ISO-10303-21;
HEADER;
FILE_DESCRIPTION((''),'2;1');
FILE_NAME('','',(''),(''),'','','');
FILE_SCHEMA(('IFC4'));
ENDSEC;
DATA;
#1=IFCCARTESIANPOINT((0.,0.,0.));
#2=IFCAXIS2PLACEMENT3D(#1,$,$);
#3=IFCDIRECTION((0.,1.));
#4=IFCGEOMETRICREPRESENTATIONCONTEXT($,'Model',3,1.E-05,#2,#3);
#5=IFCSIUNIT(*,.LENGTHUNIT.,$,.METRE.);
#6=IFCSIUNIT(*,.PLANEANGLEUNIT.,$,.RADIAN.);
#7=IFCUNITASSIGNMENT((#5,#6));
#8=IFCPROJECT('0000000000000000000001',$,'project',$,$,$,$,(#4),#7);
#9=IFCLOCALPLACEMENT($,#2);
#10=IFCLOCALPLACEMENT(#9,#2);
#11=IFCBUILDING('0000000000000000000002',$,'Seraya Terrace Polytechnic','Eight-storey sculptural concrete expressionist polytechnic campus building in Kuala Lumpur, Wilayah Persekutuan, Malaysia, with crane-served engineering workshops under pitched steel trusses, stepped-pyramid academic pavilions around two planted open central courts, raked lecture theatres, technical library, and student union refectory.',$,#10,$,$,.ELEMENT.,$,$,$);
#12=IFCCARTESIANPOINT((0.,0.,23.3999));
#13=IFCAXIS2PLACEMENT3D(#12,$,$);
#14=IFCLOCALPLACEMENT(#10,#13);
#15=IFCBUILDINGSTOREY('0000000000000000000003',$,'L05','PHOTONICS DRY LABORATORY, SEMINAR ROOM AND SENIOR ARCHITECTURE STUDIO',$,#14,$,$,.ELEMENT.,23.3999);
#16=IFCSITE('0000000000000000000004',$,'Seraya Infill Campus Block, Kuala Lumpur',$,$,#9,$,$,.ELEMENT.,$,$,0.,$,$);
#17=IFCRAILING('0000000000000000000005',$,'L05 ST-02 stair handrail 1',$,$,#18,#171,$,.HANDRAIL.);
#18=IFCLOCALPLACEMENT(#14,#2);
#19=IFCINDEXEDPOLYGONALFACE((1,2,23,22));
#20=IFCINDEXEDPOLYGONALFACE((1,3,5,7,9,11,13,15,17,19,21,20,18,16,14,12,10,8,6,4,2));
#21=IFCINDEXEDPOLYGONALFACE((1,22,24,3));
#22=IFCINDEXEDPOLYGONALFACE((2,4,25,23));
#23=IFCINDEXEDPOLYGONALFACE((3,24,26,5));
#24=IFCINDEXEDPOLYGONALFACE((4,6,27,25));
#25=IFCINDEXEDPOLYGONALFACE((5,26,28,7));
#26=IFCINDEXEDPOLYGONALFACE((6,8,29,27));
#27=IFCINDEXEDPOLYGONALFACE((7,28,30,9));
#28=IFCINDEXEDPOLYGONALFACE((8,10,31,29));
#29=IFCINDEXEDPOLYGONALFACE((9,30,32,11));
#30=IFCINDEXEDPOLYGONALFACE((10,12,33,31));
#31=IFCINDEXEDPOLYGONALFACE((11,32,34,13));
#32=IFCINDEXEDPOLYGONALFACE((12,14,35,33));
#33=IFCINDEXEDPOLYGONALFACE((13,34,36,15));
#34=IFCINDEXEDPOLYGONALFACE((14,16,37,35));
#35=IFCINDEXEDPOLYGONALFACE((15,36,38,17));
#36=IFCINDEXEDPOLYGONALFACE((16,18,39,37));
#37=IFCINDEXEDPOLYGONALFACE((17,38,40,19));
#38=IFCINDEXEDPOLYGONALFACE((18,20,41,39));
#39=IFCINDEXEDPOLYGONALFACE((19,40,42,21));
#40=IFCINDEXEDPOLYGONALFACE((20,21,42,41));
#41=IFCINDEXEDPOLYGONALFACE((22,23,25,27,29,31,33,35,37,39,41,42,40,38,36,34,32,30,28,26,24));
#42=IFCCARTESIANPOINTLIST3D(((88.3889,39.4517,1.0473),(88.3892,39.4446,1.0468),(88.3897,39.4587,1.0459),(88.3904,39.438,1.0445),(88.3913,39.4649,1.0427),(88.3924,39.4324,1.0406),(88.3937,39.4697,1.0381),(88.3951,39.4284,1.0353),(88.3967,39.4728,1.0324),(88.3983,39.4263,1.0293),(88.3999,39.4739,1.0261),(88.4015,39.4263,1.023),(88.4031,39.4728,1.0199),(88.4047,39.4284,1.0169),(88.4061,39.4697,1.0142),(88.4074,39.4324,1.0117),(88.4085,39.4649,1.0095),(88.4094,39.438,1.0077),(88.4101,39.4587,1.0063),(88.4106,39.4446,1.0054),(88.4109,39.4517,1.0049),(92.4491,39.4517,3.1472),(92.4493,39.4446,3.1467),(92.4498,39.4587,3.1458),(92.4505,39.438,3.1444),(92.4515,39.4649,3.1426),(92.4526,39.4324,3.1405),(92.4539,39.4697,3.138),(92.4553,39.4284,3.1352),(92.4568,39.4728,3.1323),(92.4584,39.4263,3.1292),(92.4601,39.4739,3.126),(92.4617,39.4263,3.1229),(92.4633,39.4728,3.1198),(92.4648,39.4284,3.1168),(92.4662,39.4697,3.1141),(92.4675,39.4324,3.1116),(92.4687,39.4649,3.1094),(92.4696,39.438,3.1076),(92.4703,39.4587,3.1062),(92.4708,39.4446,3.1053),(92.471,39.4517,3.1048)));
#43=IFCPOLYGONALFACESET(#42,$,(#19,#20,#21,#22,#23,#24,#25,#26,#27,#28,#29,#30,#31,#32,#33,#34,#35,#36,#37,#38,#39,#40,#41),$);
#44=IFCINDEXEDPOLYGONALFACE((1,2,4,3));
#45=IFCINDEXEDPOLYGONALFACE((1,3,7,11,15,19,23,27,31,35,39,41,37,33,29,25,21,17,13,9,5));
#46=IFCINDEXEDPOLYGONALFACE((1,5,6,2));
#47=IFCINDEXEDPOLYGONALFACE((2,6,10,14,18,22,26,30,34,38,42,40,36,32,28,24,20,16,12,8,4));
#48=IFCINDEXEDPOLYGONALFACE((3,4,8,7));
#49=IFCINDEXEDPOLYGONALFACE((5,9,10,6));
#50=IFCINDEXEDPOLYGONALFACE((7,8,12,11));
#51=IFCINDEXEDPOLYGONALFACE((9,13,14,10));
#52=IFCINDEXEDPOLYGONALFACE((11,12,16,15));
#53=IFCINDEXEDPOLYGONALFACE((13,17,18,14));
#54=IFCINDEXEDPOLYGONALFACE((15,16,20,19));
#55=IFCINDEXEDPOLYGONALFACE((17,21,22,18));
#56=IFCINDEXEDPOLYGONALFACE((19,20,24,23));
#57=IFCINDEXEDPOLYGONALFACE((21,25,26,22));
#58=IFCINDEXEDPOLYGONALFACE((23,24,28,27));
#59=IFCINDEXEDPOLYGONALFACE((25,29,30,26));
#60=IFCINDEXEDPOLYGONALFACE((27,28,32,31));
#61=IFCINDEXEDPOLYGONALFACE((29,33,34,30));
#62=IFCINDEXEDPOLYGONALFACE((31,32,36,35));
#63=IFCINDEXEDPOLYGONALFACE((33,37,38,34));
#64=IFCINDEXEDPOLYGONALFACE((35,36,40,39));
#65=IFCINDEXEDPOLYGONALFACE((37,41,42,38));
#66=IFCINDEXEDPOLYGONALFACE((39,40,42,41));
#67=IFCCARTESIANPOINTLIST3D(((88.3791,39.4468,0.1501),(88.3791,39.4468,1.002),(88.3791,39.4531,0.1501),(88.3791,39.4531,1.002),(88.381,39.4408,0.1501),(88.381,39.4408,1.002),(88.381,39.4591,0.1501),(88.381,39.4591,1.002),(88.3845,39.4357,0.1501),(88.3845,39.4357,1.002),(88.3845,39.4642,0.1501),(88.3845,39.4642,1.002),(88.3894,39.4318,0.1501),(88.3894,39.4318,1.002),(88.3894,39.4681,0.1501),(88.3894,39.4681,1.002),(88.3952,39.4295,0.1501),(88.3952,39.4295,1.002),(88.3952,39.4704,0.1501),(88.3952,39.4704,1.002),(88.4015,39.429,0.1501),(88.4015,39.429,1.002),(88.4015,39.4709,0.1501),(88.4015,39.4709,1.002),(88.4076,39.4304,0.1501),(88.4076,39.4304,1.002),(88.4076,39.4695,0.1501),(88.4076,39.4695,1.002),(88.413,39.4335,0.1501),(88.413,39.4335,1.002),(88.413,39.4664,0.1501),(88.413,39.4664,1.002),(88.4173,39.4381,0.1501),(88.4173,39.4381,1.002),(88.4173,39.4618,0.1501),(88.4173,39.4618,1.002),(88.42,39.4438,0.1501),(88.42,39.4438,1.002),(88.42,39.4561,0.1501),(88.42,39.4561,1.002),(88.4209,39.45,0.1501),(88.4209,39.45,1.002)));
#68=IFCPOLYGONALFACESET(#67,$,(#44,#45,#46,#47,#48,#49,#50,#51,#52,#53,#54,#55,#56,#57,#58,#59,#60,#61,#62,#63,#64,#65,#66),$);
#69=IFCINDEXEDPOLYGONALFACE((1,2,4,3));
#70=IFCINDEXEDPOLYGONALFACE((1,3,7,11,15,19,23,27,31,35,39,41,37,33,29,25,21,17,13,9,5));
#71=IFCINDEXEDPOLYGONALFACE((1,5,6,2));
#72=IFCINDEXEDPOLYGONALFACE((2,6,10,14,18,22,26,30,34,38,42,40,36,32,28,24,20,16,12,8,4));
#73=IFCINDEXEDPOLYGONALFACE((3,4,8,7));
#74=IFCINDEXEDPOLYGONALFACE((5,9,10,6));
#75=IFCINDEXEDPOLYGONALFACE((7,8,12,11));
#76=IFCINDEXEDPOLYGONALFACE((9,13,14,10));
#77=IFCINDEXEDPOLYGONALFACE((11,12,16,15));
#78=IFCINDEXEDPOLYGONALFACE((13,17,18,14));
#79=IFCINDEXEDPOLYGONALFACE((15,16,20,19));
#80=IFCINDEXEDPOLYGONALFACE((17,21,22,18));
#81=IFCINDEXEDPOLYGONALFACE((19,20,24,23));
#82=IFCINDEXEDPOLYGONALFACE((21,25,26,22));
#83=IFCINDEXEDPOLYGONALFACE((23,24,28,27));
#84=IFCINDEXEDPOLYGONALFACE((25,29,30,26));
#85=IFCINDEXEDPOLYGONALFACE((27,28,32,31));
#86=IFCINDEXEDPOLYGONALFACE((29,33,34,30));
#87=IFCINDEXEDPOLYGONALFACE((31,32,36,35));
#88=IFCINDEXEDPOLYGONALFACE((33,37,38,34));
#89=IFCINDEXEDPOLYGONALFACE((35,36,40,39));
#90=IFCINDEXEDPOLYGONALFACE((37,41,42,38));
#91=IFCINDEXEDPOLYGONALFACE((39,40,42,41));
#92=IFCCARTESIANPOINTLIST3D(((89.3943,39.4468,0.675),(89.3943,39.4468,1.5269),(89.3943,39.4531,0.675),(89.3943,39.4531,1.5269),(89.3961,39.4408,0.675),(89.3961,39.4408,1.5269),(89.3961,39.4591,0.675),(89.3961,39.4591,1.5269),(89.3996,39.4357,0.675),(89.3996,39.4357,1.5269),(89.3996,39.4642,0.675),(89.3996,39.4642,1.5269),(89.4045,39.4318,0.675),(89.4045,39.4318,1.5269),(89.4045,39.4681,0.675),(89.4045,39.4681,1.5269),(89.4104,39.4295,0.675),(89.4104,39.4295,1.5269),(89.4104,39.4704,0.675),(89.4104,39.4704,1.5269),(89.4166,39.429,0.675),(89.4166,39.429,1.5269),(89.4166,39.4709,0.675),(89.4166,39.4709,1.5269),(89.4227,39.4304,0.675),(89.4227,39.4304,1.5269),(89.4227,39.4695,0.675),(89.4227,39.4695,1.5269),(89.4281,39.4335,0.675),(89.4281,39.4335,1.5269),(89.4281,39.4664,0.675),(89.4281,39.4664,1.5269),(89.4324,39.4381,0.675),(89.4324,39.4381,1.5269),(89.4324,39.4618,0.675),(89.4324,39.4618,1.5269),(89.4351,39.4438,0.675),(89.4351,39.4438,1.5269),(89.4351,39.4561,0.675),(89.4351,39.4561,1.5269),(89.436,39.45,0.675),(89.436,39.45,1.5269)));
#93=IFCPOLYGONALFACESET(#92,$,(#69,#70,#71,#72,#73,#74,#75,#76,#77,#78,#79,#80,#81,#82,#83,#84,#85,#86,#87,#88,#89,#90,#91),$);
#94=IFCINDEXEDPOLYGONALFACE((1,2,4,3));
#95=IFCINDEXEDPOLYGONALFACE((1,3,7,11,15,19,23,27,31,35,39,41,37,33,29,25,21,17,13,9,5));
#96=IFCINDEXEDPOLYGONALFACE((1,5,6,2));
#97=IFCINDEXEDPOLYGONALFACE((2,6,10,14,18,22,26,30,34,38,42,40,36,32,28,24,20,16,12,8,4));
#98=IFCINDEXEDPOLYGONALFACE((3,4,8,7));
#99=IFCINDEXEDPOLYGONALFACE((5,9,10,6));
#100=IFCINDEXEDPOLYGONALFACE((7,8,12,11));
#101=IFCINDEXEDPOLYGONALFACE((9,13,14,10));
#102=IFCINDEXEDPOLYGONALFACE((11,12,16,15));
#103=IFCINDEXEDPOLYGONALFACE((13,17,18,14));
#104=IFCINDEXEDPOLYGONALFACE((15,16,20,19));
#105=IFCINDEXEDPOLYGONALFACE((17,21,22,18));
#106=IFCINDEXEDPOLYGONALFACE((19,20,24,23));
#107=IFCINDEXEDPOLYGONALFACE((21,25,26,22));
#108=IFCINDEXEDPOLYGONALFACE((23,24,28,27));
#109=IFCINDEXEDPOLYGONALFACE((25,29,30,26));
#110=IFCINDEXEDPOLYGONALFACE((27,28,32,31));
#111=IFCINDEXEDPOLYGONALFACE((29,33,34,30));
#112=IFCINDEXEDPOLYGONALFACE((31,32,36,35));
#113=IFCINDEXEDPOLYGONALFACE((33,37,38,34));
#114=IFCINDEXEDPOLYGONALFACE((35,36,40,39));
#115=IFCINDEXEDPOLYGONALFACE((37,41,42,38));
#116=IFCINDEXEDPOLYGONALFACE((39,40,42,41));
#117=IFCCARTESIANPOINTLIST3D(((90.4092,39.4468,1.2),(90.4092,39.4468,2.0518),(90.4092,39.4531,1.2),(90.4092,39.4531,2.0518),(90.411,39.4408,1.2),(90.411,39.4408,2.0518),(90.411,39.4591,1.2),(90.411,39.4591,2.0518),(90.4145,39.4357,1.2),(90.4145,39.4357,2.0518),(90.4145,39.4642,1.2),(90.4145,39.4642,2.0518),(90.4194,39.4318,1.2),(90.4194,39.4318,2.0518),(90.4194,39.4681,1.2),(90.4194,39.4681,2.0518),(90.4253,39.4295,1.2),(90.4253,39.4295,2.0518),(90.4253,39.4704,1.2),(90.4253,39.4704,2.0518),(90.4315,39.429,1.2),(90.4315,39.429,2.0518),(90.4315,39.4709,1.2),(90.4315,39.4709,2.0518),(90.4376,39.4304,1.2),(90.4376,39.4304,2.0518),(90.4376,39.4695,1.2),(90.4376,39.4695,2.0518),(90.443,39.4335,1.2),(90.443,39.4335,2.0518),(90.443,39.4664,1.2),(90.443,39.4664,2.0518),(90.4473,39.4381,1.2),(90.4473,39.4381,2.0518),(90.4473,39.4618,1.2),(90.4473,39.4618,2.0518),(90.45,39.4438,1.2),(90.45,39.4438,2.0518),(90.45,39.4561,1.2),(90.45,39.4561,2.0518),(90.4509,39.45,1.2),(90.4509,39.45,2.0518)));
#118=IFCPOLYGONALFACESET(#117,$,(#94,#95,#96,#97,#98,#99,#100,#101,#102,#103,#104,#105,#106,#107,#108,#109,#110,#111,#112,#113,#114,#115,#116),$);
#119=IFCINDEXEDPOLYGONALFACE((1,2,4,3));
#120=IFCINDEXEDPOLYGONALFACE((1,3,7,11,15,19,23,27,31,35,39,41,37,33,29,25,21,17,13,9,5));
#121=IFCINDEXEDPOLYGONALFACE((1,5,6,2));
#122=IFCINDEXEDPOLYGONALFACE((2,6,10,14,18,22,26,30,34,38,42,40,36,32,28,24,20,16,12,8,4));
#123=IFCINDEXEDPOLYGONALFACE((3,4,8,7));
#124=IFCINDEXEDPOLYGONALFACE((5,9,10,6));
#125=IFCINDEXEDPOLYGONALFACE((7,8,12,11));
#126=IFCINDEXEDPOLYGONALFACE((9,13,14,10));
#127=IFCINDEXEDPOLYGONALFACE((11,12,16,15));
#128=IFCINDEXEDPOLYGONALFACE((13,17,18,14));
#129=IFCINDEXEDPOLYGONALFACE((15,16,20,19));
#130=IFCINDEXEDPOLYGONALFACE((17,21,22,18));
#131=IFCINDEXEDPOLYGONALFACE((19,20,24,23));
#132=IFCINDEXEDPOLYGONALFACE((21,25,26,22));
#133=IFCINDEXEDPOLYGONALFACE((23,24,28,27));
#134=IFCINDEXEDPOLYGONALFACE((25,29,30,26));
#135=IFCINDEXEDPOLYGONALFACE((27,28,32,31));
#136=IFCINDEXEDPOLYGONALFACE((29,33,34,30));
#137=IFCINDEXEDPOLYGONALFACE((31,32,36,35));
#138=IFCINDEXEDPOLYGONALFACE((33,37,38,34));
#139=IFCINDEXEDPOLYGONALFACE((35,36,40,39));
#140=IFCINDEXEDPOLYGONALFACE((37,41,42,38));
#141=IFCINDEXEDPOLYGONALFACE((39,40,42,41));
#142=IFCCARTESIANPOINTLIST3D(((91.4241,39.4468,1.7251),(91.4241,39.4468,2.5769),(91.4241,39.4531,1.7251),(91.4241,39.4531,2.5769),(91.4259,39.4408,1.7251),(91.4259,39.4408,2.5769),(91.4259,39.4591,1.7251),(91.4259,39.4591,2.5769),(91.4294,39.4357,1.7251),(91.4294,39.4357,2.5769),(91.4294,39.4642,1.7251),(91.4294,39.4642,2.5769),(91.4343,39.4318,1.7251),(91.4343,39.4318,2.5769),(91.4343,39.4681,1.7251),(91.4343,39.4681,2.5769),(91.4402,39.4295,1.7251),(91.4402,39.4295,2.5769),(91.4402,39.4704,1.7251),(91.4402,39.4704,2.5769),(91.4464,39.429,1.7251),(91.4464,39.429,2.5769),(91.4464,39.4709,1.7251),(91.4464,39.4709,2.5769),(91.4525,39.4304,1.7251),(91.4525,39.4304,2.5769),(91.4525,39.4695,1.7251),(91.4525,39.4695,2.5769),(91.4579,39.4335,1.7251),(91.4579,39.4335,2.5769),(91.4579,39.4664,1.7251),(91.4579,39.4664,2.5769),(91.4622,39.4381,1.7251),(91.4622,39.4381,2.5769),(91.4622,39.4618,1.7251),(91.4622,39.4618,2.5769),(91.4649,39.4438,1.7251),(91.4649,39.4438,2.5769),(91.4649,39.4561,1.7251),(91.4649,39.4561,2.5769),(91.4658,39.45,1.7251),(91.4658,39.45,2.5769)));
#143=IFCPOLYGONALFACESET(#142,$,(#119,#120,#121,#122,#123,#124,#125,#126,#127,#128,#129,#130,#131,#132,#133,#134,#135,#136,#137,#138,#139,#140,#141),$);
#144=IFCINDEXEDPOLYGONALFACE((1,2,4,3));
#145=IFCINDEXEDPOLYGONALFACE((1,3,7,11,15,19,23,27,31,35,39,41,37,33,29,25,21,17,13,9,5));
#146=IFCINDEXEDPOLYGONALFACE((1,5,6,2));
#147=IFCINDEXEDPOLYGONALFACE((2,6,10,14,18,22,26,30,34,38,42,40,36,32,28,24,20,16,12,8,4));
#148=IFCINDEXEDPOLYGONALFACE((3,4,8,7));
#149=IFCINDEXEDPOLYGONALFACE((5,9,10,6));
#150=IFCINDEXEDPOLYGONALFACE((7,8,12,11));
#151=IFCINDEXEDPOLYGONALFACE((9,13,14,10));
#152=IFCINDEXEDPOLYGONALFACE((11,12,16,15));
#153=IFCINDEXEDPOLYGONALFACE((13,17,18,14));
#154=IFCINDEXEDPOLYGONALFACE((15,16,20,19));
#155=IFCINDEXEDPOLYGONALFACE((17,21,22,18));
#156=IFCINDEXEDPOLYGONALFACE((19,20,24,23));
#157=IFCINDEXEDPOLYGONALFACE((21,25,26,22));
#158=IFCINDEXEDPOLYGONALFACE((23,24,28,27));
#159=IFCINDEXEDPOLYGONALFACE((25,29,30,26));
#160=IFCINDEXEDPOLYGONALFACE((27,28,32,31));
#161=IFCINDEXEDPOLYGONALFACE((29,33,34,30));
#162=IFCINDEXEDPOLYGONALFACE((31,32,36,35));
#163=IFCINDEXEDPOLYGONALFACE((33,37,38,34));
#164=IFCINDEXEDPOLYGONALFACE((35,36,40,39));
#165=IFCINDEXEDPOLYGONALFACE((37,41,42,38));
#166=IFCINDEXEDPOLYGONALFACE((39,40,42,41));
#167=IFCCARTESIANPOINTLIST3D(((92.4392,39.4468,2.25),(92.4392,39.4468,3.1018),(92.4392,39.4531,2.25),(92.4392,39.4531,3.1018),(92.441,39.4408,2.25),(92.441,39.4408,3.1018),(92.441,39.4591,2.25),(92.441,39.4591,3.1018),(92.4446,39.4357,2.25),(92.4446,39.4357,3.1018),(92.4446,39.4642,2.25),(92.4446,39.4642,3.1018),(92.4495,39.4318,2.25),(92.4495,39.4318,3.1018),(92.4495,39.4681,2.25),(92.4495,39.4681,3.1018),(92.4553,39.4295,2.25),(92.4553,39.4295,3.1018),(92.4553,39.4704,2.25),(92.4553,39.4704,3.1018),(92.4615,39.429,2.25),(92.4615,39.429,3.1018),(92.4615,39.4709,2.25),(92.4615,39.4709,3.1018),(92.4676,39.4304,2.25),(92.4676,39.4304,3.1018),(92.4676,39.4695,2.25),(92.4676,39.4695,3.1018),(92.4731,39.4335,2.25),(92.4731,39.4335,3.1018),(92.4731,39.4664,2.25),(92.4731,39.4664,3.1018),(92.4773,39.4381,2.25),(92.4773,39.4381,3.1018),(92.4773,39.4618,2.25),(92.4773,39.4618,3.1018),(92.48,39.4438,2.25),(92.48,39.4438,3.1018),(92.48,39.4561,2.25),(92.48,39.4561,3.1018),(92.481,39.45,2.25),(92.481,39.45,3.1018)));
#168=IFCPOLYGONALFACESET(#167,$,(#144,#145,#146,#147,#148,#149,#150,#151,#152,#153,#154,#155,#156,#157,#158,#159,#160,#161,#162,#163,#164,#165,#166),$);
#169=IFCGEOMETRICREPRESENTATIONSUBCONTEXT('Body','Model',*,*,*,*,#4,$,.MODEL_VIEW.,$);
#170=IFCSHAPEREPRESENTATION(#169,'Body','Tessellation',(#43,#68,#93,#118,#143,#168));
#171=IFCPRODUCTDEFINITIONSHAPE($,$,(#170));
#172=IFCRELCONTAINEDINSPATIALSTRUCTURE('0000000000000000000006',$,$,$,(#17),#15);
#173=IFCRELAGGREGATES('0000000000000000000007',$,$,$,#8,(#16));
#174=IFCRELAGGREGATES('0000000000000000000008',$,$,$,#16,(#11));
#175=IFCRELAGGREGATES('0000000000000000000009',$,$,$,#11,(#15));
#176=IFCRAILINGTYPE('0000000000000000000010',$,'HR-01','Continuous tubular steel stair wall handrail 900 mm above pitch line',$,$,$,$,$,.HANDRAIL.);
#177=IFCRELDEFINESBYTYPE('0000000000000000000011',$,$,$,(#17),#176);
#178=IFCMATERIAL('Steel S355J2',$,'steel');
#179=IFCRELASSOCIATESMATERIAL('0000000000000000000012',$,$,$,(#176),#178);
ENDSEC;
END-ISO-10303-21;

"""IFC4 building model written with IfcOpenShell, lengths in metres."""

from ifc_helpers import new_model, si_unit, direction, frame, origin, origin_2d, place, context, subcontext, project, spatial, circle, extrude, material, type_object, element, save


model = new_model("IFC4")

# Units and contexts
model_context = context("Model", 3, precision=1e-05, world=origin(), true_north=direction((0.0, 1.0)))
body_context = subcontext(model_context, "Body", "Model", "MODEL_VIEW")
ifc_project = project(units=[si_unit("LENGTHUNIT", "METRE"), si_unit("PLANEANGLEUNIT", "RADIAN")], contexts=[model_context])

# Site, building, storey
site_placement = place(None, origin())
site = spatial("IfcSite", under=ifc_project, at=site_placement, Name="Seraya Infill Campus Block, Kuala Lumpur", CompositionType="ELEMENT", RefElevation=0.0)
building_placement = place(site_placement, origin())
building = spatial("IfcBuilding", under=site, at=building_placement, Name="Seraya Terrace Polytechnic", Description="Eight-storey sculptural concrete expressionist polytechnic campus building in Kuala Lumpur, Wilayah Persekutuan, Malaysia, with crane-served engineering workshops under pitched steel trusses, stepped-pyramid academic pavilions around two planted open central courts, raked lecture theatres, technical library, and student union refectory.", CompositionType="ELEMENT")
storey_placement = place(building_placement, frame((0.0, 0.0, 23.3999)))
storey = spatial("IfcBuildingStorey", under=building, at=storey_placement, Name="L05", Description="PHOTONICS DRY LABORATORY, SEMINAR ROOM AND SENIOR ARCHITECTURE STUDIO", CompositionType="ELEMENT", Elevation=23.3999)

# Railing
ifc_material_1 = material(Name="Steel S355J2", Category="steel")
railing_type_1 = type_object("IfcRailingType", Name="HR-01", Description="Continuous tubular steel stair wall handrail 900 mm above pitch line", PredefinedType="HANDRAIL", material=ifc_material_1)
railing_1_placement = place(storey_placement, frame((88.3999, 39.45, 0.1501)))
element("IfcRailing", 1, at=railing_1_placement, inside=storey, type_object=railing_type_1, Name="L05 ST-02 stair handrail 1", PredefinedType="HANDRAIL", context=body_context, shape_type="SweptSolid", body=[
    extrude(circle(Radius=0.0239, at=origin_2d()), frame((0.0, 0.0, 0.876), z_axis=(0.888233, 0.0, 0.459392), x_axis=(0.0, 1.0, 0.0)), (0.0, 0.0, 1.0), 4.571),
    extrude(circle(Radius=0.021, at=origin_2d()), origin(), (0.0, 0.0, 1.0), 0.8518),
    extrude(circle(Radius=0.021, at=origin_2d()), frame((1.0151, 0.0, 0.5249)), (0.0, 0.0, 1.0), 0.8518),
    extrude(circle(Radius=0.021, at=origin_2d()), frame((2.03, 0.0, 1.0498)), (0.0, 0.0, 1.0), 0.8518),
    extrude(circle(Radius=0.021, at=origin_2d()), frame((3.0449, 0.0, 1.575)), (0.0, 0.0, 1.0), 0.8518),
    extrude(circle(Radius=0.021, at=origin_2d()), frame((4.0601, 0.0, 2.0999)), (0.0, 0.0, 1.0), 0.8518),
])

save(model, "model.ifc")
